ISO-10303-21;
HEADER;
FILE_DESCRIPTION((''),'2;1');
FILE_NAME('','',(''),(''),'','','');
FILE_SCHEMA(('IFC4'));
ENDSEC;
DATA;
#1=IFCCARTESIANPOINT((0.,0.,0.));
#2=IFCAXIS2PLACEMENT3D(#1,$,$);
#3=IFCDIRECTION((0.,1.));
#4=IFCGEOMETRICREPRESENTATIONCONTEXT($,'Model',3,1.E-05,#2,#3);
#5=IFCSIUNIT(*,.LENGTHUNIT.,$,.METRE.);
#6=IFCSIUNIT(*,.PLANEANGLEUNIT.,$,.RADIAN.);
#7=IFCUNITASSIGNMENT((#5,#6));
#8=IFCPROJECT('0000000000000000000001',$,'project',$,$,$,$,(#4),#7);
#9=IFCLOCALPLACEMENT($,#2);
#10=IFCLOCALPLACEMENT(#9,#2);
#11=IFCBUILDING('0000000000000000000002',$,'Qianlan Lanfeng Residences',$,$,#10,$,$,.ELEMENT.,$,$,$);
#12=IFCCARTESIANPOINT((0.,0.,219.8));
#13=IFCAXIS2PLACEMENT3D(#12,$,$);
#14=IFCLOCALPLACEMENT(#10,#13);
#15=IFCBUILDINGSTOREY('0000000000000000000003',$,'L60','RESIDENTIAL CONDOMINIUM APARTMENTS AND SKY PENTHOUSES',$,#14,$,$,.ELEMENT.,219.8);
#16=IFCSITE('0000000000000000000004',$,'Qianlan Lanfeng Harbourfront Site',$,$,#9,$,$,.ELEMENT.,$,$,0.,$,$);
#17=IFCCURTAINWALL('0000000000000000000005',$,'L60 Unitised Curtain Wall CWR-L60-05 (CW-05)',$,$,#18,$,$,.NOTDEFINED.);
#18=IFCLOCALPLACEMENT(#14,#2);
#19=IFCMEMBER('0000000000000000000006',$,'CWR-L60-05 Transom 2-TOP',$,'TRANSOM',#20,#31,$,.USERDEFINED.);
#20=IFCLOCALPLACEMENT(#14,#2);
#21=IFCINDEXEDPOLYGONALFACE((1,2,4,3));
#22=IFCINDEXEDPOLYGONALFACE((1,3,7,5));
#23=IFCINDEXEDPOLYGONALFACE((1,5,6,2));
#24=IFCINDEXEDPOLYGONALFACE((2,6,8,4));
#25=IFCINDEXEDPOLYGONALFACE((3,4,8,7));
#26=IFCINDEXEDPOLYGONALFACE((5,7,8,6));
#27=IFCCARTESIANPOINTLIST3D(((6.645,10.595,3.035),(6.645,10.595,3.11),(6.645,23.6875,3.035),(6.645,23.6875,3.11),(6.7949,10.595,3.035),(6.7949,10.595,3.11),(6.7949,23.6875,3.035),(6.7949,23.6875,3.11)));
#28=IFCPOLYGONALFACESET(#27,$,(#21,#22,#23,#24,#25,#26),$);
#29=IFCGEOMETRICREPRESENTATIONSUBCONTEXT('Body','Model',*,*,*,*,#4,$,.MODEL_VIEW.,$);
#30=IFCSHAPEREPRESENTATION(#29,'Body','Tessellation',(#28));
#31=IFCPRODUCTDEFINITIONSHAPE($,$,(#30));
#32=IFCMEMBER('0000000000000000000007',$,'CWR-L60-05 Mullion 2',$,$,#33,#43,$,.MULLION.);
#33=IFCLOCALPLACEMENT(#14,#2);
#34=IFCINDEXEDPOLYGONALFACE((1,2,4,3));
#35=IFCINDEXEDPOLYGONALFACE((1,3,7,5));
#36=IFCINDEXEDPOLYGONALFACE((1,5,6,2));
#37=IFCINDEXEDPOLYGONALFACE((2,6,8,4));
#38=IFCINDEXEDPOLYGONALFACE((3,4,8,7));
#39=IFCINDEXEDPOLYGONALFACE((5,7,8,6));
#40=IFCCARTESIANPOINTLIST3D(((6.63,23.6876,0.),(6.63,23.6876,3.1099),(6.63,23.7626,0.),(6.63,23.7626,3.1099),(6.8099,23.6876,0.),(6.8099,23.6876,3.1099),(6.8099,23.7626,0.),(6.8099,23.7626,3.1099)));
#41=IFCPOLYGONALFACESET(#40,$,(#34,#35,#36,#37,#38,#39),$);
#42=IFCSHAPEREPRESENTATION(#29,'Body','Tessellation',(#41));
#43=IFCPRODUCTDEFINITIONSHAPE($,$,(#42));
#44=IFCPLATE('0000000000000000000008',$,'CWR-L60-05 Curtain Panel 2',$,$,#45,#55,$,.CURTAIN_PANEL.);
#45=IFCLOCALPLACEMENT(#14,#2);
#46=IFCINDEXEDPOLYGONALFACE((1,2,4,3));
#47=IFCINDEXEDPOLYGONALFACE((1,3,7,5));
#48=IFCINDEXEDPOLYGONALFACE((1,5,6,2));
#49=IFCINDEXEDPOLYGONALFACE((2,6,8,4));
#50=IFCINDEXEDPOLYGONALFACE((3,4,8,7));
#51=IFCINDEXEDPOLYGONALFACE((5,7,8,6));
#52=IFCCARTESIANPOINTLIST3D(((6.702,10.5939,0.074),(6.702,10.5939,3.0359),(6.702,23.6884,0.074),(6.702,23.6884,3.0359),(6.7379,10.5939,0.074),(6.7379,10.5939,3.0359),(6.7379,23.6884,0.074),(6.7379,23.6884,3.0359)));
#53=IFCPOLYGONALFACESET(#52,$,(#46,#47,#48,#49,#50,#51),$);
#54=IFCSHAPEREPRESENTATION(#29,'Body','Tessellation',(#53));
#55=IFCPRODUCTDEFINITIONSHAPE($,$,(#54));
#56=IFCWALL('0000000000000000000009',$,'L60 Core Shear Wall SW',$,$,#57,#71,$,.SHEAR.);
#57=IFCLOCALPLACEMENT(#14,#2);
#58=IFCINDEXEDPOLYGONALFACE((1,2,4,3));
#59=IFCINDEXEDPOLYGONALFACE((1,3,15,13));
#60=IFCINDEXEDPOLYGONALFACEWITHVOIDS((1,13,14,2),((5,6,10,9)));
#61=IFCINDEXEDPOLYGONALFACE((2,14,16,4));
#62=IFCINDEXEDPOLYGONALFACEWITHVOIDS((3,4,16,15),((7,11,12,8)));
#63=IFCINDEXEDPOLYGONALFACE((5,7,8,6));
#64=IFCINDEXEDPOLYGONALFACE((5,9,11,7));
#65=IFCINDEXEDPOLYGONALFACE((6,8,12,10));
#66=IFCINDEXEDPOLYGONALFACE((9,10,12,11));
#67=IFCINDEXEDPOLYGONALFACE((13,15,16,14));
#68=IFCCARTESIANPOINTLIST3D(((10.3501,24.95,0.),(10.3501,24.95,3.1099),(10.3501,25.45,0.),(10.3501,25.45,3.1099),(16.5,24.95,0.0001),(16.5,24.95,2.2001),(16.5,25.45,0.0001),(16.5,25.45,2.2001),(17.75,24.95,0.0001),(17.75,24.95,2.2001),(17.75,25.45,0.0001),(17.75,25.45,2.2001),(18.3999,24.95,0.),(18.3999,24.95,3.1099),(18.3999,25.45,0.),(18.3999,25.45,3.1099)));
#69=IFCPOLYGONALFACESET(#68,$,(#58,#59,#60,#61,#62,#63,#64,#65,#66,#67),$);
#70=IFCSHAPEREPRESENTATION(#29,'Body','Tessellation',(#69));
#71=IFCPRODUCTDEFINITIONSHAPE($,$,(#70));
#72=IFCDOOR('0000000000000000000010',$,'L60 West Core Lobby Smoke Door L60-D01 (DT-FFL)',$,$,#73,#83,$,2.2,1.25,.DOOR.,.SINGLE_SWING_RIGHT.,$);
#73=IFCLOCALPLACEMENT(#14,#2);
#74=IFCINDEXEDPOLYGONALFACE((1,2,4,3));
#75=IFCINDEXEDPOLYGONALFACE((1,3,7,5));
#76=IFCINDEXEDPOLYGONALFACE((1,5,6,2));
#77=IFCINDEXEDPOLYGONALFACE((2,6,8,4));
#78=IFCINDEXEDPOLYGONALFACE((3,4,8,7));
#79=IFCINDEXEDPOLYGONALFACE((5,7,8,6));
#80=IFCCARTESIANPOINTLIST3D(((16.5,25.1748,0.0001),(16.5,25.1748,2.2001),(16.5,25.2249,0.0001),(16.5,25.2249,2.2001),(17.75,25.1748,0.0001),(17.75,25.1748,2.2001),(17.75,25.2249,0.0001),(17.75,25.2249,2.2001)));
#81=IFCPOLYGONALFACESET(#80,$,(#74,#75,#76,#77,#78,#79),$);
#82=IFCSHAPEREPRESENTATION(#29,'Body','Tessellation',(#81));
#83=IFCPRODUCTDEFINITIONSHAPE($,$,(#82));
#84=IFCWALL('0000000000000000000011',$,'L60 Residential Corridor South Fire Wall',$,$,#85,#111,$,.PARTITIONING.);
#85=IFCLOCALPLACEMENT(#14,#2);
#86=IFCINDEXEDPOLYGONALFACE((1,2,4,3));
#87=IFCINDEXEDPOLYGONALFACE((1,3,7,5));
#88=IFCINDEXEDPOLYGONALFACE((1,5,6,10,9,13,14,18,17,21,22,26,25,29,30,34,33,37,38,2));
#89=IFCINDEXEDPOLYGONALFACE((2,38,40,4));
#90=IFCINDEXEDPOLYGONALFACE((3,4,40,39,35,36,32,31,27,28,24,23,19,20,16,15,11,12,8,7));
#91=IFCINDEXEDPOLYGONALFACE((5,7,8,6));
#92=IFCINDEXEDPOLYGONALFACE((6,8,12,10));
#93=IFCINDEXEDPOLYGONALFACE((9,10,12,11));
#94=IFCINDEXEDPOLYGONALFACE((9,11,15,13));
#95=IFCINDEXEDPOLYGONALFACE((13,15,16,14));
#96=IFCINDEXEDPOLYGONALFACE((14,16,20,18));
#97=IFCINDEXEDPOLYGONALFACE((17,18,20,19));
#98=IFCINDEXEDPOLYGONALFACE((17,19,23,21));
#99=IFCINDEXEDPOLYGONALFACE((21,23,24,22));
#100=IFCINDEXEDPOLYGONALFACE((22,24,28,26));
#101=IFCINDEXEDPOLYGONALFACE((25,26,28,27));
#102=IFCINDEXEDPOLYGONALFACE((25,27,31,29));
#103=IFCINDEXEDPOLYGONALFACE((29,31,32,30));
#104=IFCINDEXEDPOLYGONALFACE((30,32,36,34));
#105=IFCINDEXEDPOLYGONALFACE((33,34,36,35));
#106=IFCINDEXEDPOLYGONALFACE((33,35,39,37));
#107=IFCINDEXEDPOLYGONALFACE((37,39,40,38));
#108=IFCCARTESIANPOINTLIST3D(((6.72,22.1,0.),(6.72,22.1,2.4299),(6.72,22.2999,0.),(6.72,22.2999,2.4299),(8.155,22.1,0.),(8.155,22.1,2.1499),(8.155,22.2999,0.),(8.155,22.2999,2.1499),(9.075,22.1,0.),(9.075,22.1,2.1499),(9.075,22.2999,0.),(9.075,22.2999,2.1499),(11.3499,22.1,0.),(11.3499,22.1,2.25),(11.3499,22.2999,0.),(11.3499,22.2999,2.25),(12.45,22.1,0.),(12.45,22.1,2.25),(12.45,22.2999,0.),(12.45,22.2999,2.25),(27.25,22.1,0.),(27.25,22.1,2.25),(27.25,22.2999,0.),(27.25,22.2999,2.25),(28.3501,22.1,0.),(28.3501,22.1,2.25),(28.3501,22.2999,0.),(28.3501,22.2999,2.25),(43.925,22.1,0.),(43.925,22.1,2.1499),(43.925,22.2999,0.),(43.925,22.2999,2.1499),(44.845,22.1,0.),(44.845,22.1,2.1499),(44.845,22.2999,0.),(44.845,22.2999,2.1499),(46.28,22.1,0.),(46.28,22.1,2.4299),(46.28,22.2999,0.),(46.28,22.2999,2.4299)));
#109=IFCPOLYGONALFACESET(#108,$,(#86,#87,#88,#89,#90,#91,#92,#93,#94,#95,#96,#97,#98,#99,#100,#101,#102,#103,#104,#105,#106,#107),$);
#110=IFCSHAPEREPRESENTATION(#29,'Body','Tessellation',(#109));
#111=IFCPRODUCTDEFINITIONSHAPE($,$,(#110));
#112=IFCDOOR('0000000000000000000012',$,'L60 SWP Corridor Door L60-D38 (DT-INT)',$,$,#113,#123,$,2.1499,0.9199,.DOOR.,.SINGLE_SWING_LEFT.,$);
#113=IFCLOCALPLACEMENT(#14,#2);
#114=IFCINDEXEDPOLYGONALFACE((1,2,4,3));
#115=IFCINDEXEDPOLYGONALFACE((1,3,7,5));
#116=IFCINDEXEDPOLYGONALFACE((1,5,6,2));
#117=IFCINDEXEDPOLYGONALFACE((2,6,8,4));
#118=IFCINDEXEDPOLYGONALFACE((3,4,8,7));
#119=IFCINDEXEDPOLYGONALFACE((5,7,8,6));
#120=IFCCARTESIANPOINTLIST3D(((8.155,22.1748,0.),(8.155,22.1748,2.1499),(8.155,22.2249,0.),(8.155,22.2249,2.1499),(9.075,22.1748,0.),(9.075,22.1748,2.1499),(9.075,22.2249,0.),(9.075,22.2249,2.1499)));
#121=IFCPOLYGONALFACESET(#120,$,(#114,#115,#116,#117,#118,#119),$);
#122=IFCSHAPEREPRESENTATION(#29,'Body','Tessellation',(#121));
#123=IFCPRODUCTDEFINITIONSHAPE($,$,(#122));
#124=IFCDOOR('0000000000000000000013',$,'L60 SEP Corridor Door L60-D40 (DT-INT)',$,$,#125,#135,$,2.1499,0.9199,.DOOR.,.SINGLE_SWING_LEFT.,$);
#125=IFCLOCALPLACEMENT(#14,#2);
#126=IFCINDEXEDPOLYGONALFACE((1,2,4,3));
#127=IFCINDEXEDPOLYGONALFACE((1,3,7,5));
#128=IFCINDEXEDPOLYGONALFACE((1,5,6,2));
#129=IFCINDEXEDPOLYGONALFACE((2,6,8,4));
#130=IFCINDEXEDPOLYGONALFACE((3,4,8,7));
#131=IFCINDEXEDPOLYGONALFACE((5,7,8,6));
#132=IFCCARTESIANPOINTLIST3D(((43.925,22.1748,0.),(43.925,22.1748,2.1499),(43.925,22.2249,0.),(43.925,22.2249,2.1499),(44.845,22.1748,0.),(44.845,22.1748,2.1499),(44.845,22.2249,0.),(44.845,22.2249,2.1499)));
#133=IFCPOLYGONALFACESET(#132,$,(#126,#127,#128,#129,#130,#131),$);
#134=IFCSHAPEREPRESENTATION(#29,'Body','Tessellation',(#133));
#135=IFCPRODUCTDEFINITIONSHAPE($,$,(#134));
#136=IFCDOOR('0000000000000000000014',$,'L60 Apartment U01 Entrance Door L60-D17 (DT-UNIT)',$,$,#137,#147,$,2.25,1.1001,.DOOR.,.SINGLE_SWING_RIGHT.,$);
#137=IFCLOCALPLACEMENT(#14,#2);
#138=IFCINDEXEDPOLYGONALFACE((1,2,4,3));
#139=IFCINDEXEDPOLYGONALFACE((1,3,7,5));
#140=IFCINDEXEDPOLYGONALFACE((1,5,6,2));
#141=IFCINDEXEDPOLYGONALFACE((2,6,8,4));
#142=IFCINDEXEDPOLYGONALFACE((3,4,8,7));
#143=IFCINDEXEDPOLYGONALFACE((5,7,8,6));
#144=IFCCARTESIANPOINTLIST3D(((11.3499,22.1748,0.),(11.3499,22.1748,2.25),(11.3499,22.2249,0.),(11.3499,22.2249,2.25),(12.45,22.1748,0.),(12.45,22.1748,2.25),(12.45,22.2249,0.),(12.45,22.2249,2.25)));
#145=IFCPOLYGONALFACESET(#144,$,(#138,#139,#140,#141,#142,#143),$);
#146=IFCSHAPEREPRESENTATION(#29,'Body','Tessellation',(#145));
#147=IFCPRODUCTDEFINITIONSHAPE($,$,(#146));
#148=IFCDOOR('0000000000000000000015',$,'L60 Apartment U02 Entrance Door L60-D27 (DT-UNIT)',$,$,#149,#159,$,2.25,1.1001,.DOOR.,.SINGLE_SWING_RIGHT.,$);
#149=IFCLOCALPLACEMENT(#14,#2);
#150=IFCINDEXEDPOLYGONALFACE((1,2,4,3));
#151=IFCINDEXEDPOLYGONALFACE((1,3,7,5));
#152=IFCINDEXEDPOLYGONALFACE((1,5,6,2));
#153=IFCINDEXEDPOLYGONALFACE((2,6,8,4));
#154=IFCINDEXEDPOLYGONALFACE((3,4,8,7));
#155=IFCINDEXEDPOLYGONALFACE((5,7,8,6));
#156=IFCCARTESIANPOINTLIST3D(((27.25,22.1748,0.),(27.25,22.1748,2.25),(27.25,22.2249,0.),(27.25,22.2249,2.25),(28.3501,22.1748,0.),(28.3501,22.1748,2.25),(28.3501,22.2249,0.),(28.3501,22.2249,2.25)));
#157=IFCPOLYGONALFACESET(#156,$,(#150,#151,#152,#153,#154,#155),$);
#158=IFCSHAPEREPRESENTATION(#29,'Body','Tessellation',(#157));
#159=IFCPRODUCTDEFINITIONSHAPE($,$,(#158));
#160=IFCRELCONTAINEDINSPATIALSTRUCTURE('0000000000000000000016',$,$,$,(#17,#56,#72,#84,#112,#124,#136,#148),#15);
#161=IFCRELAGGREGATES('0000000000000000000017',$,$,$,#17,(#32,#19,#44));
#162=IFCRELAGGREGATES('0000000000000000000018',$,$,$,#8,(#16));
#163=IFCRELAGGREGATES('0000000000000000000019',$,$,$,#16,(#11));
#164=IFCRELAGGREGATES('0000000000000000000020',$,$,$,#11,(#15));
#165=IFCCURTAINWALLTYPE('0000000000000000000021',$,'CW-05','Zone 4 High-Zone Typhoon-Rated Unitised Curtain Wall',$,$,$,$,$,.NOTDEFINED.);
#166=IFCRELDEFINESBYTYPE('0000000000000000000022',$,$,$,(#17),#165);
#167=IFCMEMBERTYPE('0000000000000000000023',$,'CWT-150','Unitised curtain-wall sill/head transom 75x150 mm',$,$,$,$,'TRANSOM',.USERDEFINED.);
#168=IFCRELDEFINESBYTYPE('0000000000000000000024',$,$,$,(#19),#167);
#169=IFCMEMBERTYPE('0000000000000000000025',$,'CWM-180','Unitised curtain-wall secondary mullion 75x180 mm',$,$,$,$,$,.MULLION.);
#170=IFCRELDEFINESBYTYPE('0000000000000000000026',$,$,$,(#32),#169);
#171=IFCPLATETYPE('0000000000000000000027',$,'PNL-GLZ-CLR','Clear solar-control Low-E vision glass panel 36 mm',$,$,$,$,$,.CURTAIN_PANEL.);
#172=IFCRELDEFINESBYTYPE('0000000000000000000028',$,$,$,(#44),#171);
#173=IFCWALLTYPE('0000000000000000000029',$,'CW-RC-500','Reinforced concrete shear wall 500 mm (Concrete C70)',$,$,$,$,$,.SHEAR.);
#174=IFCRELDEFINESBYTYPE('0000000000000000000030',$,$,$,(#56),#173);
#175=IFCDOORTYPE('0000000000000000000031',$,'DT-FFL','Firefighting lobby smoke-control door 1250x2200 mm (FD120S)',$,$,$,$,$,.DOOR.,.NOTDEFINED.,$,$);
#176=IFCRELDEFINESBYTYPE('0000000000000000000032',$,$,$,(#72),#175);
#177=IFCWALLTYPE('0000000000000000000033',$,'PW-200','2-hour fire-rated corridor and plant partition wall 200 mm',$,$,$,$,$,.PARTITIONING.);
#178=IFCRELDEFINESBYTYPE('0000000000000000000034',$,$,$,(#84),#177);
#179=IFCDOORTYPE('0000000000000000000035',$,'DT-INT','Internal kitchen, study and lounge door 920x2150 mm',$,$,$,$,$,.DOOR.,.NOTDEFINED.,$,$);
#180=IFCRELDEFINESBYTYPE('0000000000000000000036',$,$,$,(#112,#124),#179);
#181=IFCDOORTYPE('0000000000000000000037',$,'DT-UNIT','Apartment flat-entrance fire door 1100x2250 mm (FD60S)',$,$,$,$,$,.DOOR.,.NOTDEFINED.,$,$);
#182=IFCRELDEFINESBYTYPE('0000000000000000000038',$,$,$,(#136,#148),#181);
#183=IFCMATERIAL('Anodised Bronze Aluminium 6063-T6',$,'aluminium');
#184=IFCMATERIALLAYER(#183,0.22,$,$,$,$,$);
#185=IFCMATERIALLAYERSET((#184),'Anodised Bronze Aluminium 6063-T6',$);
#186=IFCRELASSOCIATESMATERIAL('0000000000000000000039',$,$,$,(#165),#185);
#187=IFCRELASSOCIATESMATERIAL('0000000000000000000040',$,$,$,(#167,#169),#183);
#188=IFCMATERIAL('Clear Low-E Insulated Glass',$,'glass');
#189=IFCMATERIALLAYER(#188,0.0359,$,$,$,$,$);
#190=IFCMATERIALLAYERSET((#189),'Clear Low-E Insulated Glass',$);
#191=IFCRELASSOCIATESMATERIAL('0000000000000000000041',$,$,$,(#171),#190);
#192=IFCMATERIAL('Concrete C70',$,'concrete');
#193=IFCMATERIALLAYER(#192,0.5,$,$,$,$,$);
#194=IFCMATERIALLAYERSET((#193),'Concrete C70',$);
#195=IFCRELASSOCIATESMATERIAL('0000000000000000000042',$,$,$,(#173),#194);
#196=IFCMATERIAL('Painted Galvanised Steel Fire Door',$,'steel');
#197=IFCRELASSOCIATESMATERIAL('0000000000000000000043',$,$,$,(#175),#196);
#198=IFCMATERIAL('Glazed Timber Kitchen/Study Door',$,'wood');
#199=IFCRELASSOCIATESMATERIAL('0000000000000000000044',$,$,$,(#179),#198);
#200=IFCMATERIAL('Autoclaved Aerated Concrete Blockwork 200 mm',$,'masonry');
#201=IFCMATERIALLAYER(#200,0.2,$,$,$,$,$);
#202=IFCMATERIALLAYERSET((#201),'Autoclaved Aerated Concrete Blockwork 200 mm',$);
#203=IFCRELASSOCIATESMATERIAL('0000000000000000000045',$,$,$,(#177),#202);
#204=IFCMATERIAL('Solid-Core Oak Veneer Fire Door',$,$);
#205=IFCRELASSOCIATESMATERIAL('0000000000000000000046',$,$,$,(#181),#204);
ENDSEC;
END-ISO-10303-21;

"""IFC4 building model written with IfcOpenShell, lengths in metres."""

from ifc_helpers import new_model, si_unit, direction, frame, frame_2d, origin, origin_2d, place, context, subcontext, project, spatial, rectangle, extrude, source, transform, mapped, material, layer, layer_set, material_profile, profile_set, type_object, element, fill, aggregate, save


model = new_model("IFC4")

# Units and contexts
model_context = context("Model", 3, precision=1e-05, world=origin(), true_north=direction((0.0, 1.0)))
body_context = subcontext(model_context, "Body", "Model", "MODEL_VIEW")
ifc_project = project(units=[si_unit("LENGTHUNIT", "METRE"), si_unit("PLANEANGLEUNIT", "RADIAN")], contexts=[model_context])

# Site, building, storey
site_placement = place(None, origin())
site = spatial("IfcSite", under=ifc_project, at=site_placement, Name="Qianlan Lanfeng Harbourfront Site", CompositionType="ELEMENT", RefElevation=0.0)
building_placement = place(site_placement, origin())
building = spatial("IfcBuilding", under=site, at=building_placement, Name="Qianlan Lanfeng Residences", CompositionType="ELEMENT")
storey_placement = place(building_placement, frame((0.0, 0.0, 219.8)))
storey = spatial("IfcBuildingStorey", under=building, at=storey_placement, Name="L60", Description="RESIDENTIAL CONDOMINIUM APARTMENTS AND SKY PENTHOUSES", CompositionType="ELEMENT", Elevation=219.8)

# Curtain wall, members, plate
ifc_material_1 = material(Name="Anodised Bronze Aluminium 6063-T6", Category="aluminium")
ifc_layer_1 = layer(ifc_material_1, 0.22)
ifc_layer_set_1 = layer_set([ifc_layer_1], Name="Anodised Bronze Aluminium 6063-T6")
curtain_wall_type = type_object("IfcCurtainWallType", Name="CW-05", Description="Zone 4 High-Zone Typhoon-Rated Unitised Curtain Wall", PredefinedType="NOTDEFINED", material=ifc_layer_set_1)
curtain_wall_placement = place(storey_placement, origin())
curtain_wall = element("IfcCurtainWall", 1, at=curtain_wall_placement, inside=storey, type_object=curtain_wall_type, Name="L60 Unitised Curtain Wall CWR-L60-05 (CW-05)", PredefinedType="NOTDEFINED")
ifc_material_profile_1 = material_profile(ifc_material_1, rectangle(XDim=0.075, YDim=0.1499, at=origin_2d()), Name="ALU TRANSOM 75x150")
ifc_profile_set_1 = profile_set([ifc_material_profile_1], Name="Anodised Bronze Aluminium 6063-T6")
member_type_1 = type_object("IfcMemberType", Name="CWT-150", Description="Unitised curtain-wall sill/head transom 75x150 mm", ElementType="TRANSOM", PredefinedType="USERDEFINED", material=ifc_profile_set_1)
shared_shape_1 = source(origin(), body_context, "Body", "SweptSolid", [
    extrude(rectangle(XDim=0.075, YDim=0.1499, at=origin_2d()), origin(), (0.0, 0.0, 1.0), 13.0925),
])
member_1_placement = place(storey_placement, frame((6.72, 23.6875, 3.0725), z_axis=(0.0, -1.0, 0.0), x_axis=(0.0, 0.0, 1.0)))
member_1 = element("IfcMember", 2, at=member_1_placement, type_object=member_type_1, Name="CWR-L60-05 Transom 2-TOP", ObjectType="TRANSOM", PredefinedType="USERDEFINED", context=body_context, shape_type="MappedRepresentation", body=[
    mapped(shared_shape_1, transform((0.0, 0.0, 0.0), scale=1.0)),
])
ifc_material_profile_2 = material_profile(ifc_material_1, rectangle(XDim=0.075, YDim=0.1799, at=origin_2d()), Name="ALU MULLION 75x180")
ifc_profile_set_2 = profile_set([ifc_material_profile_2], Name="Anodised Bronze Aluminium 6063-T6")
member_type_2 = type_object("IfcMemberType", Name="CWM-180", Description="Unitised curtain-wall secondary mullion 75x180 mm", PredefinedType="MULLION", material=ifc_profile_set_2)
shared_shape_2 = source(origin(), body_context, "Body", "SweptSolid", [
    extrude(rectangle(XDim=0.075, YDim=0.1799, at=origin_2d()), origin(), (0.0, 0.0, 1.0), 3.1099),
])
member_2_placement = place(storey_placement, frame((6.72, 23.7251, 0.0), z_axis=(0.0, 0.0, 1.0), x_axis=(0.0, -1.0, 0.0)))
member_2 = element("IfcMember", 3, at=member_2_placement, type_object=member_type_2, Name="CWR-L60-05 Mullion 2", PredefinedType="MULLION", context=body_context, shape_type="MappedRepresentation", body=[
    mapped(shared_shape_2, transform((0.0, 0.0, 0.0), scale=1.0)),
])
ifc_material_2 = material(Name="Clear Low-E Insulated Glass", Category="glass")
ifc_layer_2 = layer(ifc_material_2, 0.0359)
ifc_layer_set_2 = layer_set([ifc_layer_2], Name="Clear Low-E Insulated Glass")
plate_type = type_object("IfcPlateType", Name="PNL-GLZ-CLR", Description="Clear solar-control Low-E vision glass panel 36 mm", PredefinedType="CURTAIN_PANEL", material=ifc_layer_set_2)
shared_shape_3 = source(origin(), body_context, "Body", "SweptSolid", [
    extrude(rectangle(XDim=13.0945, YDim=0.0359, at=origin_2d()), origin(), (0.0, 0.0, 1.0), 2.9619),
])
plate_placement = place(storey_placement, frame((6.72, 17.1411, 0.074), z_axis=(0.0, 0.0, 1.0), x_axis=(0.0, -1.0, 0.0)))
plate = element("IfcPlate", 4, at=plate_placement, type_object=plate_type, Name="CWR-L60-05 Curtain Panel 2", PredefinedType="CURTAIN_PANEL", context=body_context, shape_type="MappedRepresentation", body=[
    mapped(shared_shape_3, transform((0.0, 0.0, 0.0), scale=1.0)),
])
aggregate(curtain_wall, [member_2, member_1, plate])

# Wall, opening, door
ifc_material_3 = material(Name="Concrete C70", Category="concrete")
ifc_layer_3 = layer(ifc_material_3, 0.5)
ifc_layer_set_3 = layer_set([ifc_layer_3], Name="Concrete C70")
wall_type_1 = type_object("IfcWallType", Name="CW-RC-500", Description="Reinforced concrete shear wall 500 mm (Concrete C70)", PredefinedType="SHEAR", material=ifc_layer_set_3)
wall_1_placement = place(storey_placement, frame((10.3501, 25.2, 0.0), z_axis=(0.0, 0.0, 1.0), x_axis=(1.0, 0.0, 0.0)))
wall_1 = element("IfcWall", 5, at=wall_1_placement, inside=storey, type_object=wall_type_1, Name="L60 Core Shear Wall SW", PredefinedType="SHEAR", context=body_context, shape_type="SweptSolid", body=[
    extrude(rectangle(XDim=8.0498, YDim=0.5, at=frame_2d((4.0249, 0.0))), origin(), (0.0, 0.0, 1.0), 3.1099),
])
opening_1_placement = place(wall_1_placement, frame((6.1499, 0.0, 0.0)))
opening_1 = element("IfcOpeningElement", 6, at=opening_1_placement, cuts=wall_1, PredefinedType="OPENING", context=body_context, shape_type="SweptSolid", body=[
    extrude(rectangle(XDim=1.25, YDim=2.2, at=frame_2d((0.625, 1.1001))), frame((0.0, 0.26, 0.0), z_axis=(0.0, -1.0, 0.0), x_axis=(1.0, 0.0, 0.0)), (0.0, 0.0, 1.0), 0.52),
])
ifc_material_4 = material(Name="Painted Galvanised Steel Fire Door", Category="steel")
door_type_1 = type_object("IfcDoorType", Name="DT-FFL", Description="Firefighting lobby smoke-control door 1250x2200 mm (FD120S)", OperationType="NOTDEFINED", PredefinedType="DOOR", material=ifc_material_4)
door_1_placement = place(opening_1_placement, origin())
door_1 = element("IfcDoor", 7, at=door_1_placement, inside=storey, type_object=door_type_1, Name="L60 West Core Lobby Smoke Door L60-D01 (DT-FFL)", OperationType="SINGLE_SWING_RIGHT", OverallHeight=2.2, OverallWidth=1.25, PredefinedType="DOOR", context=body_context, shape_type="SweptSolid", body=[
    extrude(rectangle(XDim=1.25, YDim=2.2, at=frame_2d((0.625, 1.1001))), frame((0.0, 0.0249, 0.0), z_axis=(0.0, -1.0, 0.0), x_axis=(1.0, 0.0, 0.0)), (0.0, 0.0, 1.0), 0.05),
])
fill(opening_1, door_1)
ifc_material_5 = material(Name="Glazed Timber Kitchen/Study Door", Category="wood")
door_type_2 = type_object("IfcDoorType", Name="DT-INT", Description="Internal kitchen, study and lounge door 920x2150 mm", OperationType="NOTDEFINED", PredefinedType="DOOR", material=ifc_material_5)

# Wall, openings, doors
ifc_material_6 = material(Name="Autoclaved Aerated Concrete Blockwork 200 mm", Category="masonry")
ifc_layer_4 = layer(ifc_material_6, 0.2)
ifc_layer_set_4 = layer_set([ifc_layer_4], Name="Autoclaved Aerated Concrete Blockwork 200 mm")
wall_type_2 = type_object("IfcWallType", Name="PW-200", Description="2-hour fire-rated corridor and plant partition wall 200 mm", PredefinedType="PARTITIONING", material=ifc_layer_set_4)
wall_2_placement = place(storey_placement, frame((6.72, 22.2, 0.0), z_axis=(0.0, 0.0, 1.0), x_axis=(1.0, 0.0, 0.0)))
wall_2 = element("IfcWall", 8, at=wall_2_placement, inside=storey, type_object=wall_type_2, Name="L60 Residential Corridor South Fire Wall", PredefinedType="PARTITIONING", context=body_context, shape_type="SweptSolid", body=[
    extrude(rectangle(XDim=39.5601, YDim=0.2, at=frame_2d((19.78, 0.0))), origin(), (0.0, 0.0, 1.0), 2.4299),
])
opening_2_placement = place(wall_2_placement, frame((4.6299, 0.0, 0.0)))
opening_2 = element("IfcOpeningElement", 9, at=opening_2_placement, cuts=wall_2, PredefinedType="OPENING", context=body_context, shape_type="SweptSolid", body=[
    extrude(rectangle(XDim=1.1001, YDim=2.25, at=frame_2d((0.55, 1.125))), frame((0.0, 0.1099, 0.0), z_axis=(0.0, -1.0, 0.0), x_axis=(1.0, 0.0, 0.0)), (0.0, 0.0, 1.0), 0.22),
])
opening_3_placement = place(wall_2_placement, frame((20.53, 0.0, 0.0)))
opening_3 = element("IfcOpeningElement", 10, at=opening_3_placement, cuts=wall_2, PredefinedType="OPENING", context=body_context, shape_type="SweptSolid", body=[
    extrude(rectangle(XDim=1.1001, YDim=2.25, at=frame_2d((0.55, 1.125))), frame((0.0, 0.1099, 0.0), z_axis=(0.0, -1.0, 0.0), x_axis=(1.0, 0.0, 0.0)), (0.0, 0.0, 1.0), 0.22),
])
opening_4_placement = place(wall_2_placement, frame((1.4351, 0.0, 0.0)))
opening_4 = element("IfcOpeningElement", 11, at=opening_4_placement, cuts=wall_2, PredefinedType="OPENING", context=body_context, shape_type="SweptSolid", body=[
    extrude(rectangle(XDim=0.9199, YDim=2.1499, at=frame_2d((0.46, 1.075))), frame((0.0, 0.1099, 0.0), z_axis=(0.0, -1.0, 0.0), x_axis=(1.0, 0.0, 0.0)), (0.0, 0.0, 1.0), 0.22),
])
opening_5_placement = place(wall_2_placement, frame((37.2051, 0.0, 0.0)))
opening_5 = element("IfcOpeningElement", 12, at=opening_5_placement, cuts=wall_2, PredefinedType="OPENING", context=body_context, shape_type="SweptSolid", body=[
    extrude(rectangle(XDim=0.9199, YDim=2.1499, at=frame_2d((0.46, 1.075))), frame((0.0, 0.1099, 0.0), z_axis=(0.0, -1.0, 0.0), x_axis=(1.0, 0.0, 0.0)), (0.0, 0.0, 1.0), 0.22),
])
door_2_placement = place(opening_4_placement, origin())
door_2 = element("IfcDoor", 13, at=door_2_placement, inside=storey, type_object=door_type_2, Name="L60 SWP Corridor Door L60-D38 (DT-INT)", OperationType="SINGLE_SWING_LEFT", OverallHeight=2.1499, OverallWidth=0.9199, PredefinedType="DOOR", context=body_context, shape_type="SweptSolid", body=[
    extrude(rectangle(XDim=0.9199, YDim=2.1499, at=frame_2d((0.46, 1.075))), frame((0.0, 0.0249, 0.0), z_axis=(0.0, -1.0, 0.0), x_axis=(1.0, 0.0, 0.0)), (0.0, 0.0, 1.0), 0.05),
])
fill(opening_4, door_2)
door_3_placement = place(opening_5_placement, origin())
door_3 = element("IfcDoor", 14, at=door_3_placement, inside=storey, type_object=door_type_2, Name="L60 SEP Corridor Door L60-D40 (DT-INT)", OperationType="SINGLE_SWING_LEFT", OverallHeight=2.1499, OverallWidth=0.9199, PredefinedType="DOOR", context=body_context, shape_type="SweptSolid", body=[
    extrude(rectangle(XDim=0.9199, YDim=2.1499, at=frame_2d((0.46, 1.075))), frame((0.0, 0.0249, 0.0), z_axis=(0.0, -1.0, 0.0), x_axis=(1.0, 0.0, 0.0)), (0.0, 0.0, 1.0), 0.05),
])
fill(opening_5, door_3)
ifc_material_7 = material(Name="Solid-Core Oak Veneer Fire Door")
door_type_3 = type_object("IfcDoorType", Name="DT-UNIT", Description="Apartment flat-entrance fire door 1100x2250 mm (FD60S)", OperationType="NOTDEFINED", PredefinedType="DOOR", material=ifc_material_7)
door_4_placement = place(opening_2_placement, origin())
door_4 = element("IfcDoor", 15, at=door_4_placement, inside=storey, type_object=door_type_3, Name="L60 Apartment U01 Entrance Door L60-D17 (DT-UNIT)", OperationType="SINGLE_SWING_RIGHT", OverallHeight=2.25, OverallWidth=1.1001, PredefinedType="DOOR", context=body_context, shape_type="SweptSolid", body=[
    extrude(rectangle(XDim=1.1001, YDim=2.25, at=frame_2d((0.55, 1.125))), frame((0.0, 0.0249, 0.0), z_axis=(0.0, -1.0, 0.0), x_axis=(1.0, 0.0, 0.0)), (0.0, 0.0, 1.0), 0.05),
])
fill(opening_2, door_4)
door_5_placement = place(opening_3_placement, origin())
door_5 = element("IfcDoor", 16, at=door_5_placement, inside=storey, type_object=door_type_3, Name="L60 Apartment U02 Entrance Door L60-D27 (DT-UNIT)", OperationType="SINGLE_SWING_RIGHT", OverallHeight=2.25, OverallWidth=1.1001, PredefinedType="DOOR", context=body_context, shape_type="SweptSolid", body=[
    extrude(rectangle(XDim=1.1001, YDim=2.25, at=frame_2d((0.55, 1.125))), frame((0.0, 0.0249, 0.0), z_axis=(0.0, -1.0, 0.0), x_axis=(1.0, 0.0, 0.0)), (0.0, 0.0, 1.0), 0.05),
])
fill(opening_3, door_5)

save(model, "model.ifc")
